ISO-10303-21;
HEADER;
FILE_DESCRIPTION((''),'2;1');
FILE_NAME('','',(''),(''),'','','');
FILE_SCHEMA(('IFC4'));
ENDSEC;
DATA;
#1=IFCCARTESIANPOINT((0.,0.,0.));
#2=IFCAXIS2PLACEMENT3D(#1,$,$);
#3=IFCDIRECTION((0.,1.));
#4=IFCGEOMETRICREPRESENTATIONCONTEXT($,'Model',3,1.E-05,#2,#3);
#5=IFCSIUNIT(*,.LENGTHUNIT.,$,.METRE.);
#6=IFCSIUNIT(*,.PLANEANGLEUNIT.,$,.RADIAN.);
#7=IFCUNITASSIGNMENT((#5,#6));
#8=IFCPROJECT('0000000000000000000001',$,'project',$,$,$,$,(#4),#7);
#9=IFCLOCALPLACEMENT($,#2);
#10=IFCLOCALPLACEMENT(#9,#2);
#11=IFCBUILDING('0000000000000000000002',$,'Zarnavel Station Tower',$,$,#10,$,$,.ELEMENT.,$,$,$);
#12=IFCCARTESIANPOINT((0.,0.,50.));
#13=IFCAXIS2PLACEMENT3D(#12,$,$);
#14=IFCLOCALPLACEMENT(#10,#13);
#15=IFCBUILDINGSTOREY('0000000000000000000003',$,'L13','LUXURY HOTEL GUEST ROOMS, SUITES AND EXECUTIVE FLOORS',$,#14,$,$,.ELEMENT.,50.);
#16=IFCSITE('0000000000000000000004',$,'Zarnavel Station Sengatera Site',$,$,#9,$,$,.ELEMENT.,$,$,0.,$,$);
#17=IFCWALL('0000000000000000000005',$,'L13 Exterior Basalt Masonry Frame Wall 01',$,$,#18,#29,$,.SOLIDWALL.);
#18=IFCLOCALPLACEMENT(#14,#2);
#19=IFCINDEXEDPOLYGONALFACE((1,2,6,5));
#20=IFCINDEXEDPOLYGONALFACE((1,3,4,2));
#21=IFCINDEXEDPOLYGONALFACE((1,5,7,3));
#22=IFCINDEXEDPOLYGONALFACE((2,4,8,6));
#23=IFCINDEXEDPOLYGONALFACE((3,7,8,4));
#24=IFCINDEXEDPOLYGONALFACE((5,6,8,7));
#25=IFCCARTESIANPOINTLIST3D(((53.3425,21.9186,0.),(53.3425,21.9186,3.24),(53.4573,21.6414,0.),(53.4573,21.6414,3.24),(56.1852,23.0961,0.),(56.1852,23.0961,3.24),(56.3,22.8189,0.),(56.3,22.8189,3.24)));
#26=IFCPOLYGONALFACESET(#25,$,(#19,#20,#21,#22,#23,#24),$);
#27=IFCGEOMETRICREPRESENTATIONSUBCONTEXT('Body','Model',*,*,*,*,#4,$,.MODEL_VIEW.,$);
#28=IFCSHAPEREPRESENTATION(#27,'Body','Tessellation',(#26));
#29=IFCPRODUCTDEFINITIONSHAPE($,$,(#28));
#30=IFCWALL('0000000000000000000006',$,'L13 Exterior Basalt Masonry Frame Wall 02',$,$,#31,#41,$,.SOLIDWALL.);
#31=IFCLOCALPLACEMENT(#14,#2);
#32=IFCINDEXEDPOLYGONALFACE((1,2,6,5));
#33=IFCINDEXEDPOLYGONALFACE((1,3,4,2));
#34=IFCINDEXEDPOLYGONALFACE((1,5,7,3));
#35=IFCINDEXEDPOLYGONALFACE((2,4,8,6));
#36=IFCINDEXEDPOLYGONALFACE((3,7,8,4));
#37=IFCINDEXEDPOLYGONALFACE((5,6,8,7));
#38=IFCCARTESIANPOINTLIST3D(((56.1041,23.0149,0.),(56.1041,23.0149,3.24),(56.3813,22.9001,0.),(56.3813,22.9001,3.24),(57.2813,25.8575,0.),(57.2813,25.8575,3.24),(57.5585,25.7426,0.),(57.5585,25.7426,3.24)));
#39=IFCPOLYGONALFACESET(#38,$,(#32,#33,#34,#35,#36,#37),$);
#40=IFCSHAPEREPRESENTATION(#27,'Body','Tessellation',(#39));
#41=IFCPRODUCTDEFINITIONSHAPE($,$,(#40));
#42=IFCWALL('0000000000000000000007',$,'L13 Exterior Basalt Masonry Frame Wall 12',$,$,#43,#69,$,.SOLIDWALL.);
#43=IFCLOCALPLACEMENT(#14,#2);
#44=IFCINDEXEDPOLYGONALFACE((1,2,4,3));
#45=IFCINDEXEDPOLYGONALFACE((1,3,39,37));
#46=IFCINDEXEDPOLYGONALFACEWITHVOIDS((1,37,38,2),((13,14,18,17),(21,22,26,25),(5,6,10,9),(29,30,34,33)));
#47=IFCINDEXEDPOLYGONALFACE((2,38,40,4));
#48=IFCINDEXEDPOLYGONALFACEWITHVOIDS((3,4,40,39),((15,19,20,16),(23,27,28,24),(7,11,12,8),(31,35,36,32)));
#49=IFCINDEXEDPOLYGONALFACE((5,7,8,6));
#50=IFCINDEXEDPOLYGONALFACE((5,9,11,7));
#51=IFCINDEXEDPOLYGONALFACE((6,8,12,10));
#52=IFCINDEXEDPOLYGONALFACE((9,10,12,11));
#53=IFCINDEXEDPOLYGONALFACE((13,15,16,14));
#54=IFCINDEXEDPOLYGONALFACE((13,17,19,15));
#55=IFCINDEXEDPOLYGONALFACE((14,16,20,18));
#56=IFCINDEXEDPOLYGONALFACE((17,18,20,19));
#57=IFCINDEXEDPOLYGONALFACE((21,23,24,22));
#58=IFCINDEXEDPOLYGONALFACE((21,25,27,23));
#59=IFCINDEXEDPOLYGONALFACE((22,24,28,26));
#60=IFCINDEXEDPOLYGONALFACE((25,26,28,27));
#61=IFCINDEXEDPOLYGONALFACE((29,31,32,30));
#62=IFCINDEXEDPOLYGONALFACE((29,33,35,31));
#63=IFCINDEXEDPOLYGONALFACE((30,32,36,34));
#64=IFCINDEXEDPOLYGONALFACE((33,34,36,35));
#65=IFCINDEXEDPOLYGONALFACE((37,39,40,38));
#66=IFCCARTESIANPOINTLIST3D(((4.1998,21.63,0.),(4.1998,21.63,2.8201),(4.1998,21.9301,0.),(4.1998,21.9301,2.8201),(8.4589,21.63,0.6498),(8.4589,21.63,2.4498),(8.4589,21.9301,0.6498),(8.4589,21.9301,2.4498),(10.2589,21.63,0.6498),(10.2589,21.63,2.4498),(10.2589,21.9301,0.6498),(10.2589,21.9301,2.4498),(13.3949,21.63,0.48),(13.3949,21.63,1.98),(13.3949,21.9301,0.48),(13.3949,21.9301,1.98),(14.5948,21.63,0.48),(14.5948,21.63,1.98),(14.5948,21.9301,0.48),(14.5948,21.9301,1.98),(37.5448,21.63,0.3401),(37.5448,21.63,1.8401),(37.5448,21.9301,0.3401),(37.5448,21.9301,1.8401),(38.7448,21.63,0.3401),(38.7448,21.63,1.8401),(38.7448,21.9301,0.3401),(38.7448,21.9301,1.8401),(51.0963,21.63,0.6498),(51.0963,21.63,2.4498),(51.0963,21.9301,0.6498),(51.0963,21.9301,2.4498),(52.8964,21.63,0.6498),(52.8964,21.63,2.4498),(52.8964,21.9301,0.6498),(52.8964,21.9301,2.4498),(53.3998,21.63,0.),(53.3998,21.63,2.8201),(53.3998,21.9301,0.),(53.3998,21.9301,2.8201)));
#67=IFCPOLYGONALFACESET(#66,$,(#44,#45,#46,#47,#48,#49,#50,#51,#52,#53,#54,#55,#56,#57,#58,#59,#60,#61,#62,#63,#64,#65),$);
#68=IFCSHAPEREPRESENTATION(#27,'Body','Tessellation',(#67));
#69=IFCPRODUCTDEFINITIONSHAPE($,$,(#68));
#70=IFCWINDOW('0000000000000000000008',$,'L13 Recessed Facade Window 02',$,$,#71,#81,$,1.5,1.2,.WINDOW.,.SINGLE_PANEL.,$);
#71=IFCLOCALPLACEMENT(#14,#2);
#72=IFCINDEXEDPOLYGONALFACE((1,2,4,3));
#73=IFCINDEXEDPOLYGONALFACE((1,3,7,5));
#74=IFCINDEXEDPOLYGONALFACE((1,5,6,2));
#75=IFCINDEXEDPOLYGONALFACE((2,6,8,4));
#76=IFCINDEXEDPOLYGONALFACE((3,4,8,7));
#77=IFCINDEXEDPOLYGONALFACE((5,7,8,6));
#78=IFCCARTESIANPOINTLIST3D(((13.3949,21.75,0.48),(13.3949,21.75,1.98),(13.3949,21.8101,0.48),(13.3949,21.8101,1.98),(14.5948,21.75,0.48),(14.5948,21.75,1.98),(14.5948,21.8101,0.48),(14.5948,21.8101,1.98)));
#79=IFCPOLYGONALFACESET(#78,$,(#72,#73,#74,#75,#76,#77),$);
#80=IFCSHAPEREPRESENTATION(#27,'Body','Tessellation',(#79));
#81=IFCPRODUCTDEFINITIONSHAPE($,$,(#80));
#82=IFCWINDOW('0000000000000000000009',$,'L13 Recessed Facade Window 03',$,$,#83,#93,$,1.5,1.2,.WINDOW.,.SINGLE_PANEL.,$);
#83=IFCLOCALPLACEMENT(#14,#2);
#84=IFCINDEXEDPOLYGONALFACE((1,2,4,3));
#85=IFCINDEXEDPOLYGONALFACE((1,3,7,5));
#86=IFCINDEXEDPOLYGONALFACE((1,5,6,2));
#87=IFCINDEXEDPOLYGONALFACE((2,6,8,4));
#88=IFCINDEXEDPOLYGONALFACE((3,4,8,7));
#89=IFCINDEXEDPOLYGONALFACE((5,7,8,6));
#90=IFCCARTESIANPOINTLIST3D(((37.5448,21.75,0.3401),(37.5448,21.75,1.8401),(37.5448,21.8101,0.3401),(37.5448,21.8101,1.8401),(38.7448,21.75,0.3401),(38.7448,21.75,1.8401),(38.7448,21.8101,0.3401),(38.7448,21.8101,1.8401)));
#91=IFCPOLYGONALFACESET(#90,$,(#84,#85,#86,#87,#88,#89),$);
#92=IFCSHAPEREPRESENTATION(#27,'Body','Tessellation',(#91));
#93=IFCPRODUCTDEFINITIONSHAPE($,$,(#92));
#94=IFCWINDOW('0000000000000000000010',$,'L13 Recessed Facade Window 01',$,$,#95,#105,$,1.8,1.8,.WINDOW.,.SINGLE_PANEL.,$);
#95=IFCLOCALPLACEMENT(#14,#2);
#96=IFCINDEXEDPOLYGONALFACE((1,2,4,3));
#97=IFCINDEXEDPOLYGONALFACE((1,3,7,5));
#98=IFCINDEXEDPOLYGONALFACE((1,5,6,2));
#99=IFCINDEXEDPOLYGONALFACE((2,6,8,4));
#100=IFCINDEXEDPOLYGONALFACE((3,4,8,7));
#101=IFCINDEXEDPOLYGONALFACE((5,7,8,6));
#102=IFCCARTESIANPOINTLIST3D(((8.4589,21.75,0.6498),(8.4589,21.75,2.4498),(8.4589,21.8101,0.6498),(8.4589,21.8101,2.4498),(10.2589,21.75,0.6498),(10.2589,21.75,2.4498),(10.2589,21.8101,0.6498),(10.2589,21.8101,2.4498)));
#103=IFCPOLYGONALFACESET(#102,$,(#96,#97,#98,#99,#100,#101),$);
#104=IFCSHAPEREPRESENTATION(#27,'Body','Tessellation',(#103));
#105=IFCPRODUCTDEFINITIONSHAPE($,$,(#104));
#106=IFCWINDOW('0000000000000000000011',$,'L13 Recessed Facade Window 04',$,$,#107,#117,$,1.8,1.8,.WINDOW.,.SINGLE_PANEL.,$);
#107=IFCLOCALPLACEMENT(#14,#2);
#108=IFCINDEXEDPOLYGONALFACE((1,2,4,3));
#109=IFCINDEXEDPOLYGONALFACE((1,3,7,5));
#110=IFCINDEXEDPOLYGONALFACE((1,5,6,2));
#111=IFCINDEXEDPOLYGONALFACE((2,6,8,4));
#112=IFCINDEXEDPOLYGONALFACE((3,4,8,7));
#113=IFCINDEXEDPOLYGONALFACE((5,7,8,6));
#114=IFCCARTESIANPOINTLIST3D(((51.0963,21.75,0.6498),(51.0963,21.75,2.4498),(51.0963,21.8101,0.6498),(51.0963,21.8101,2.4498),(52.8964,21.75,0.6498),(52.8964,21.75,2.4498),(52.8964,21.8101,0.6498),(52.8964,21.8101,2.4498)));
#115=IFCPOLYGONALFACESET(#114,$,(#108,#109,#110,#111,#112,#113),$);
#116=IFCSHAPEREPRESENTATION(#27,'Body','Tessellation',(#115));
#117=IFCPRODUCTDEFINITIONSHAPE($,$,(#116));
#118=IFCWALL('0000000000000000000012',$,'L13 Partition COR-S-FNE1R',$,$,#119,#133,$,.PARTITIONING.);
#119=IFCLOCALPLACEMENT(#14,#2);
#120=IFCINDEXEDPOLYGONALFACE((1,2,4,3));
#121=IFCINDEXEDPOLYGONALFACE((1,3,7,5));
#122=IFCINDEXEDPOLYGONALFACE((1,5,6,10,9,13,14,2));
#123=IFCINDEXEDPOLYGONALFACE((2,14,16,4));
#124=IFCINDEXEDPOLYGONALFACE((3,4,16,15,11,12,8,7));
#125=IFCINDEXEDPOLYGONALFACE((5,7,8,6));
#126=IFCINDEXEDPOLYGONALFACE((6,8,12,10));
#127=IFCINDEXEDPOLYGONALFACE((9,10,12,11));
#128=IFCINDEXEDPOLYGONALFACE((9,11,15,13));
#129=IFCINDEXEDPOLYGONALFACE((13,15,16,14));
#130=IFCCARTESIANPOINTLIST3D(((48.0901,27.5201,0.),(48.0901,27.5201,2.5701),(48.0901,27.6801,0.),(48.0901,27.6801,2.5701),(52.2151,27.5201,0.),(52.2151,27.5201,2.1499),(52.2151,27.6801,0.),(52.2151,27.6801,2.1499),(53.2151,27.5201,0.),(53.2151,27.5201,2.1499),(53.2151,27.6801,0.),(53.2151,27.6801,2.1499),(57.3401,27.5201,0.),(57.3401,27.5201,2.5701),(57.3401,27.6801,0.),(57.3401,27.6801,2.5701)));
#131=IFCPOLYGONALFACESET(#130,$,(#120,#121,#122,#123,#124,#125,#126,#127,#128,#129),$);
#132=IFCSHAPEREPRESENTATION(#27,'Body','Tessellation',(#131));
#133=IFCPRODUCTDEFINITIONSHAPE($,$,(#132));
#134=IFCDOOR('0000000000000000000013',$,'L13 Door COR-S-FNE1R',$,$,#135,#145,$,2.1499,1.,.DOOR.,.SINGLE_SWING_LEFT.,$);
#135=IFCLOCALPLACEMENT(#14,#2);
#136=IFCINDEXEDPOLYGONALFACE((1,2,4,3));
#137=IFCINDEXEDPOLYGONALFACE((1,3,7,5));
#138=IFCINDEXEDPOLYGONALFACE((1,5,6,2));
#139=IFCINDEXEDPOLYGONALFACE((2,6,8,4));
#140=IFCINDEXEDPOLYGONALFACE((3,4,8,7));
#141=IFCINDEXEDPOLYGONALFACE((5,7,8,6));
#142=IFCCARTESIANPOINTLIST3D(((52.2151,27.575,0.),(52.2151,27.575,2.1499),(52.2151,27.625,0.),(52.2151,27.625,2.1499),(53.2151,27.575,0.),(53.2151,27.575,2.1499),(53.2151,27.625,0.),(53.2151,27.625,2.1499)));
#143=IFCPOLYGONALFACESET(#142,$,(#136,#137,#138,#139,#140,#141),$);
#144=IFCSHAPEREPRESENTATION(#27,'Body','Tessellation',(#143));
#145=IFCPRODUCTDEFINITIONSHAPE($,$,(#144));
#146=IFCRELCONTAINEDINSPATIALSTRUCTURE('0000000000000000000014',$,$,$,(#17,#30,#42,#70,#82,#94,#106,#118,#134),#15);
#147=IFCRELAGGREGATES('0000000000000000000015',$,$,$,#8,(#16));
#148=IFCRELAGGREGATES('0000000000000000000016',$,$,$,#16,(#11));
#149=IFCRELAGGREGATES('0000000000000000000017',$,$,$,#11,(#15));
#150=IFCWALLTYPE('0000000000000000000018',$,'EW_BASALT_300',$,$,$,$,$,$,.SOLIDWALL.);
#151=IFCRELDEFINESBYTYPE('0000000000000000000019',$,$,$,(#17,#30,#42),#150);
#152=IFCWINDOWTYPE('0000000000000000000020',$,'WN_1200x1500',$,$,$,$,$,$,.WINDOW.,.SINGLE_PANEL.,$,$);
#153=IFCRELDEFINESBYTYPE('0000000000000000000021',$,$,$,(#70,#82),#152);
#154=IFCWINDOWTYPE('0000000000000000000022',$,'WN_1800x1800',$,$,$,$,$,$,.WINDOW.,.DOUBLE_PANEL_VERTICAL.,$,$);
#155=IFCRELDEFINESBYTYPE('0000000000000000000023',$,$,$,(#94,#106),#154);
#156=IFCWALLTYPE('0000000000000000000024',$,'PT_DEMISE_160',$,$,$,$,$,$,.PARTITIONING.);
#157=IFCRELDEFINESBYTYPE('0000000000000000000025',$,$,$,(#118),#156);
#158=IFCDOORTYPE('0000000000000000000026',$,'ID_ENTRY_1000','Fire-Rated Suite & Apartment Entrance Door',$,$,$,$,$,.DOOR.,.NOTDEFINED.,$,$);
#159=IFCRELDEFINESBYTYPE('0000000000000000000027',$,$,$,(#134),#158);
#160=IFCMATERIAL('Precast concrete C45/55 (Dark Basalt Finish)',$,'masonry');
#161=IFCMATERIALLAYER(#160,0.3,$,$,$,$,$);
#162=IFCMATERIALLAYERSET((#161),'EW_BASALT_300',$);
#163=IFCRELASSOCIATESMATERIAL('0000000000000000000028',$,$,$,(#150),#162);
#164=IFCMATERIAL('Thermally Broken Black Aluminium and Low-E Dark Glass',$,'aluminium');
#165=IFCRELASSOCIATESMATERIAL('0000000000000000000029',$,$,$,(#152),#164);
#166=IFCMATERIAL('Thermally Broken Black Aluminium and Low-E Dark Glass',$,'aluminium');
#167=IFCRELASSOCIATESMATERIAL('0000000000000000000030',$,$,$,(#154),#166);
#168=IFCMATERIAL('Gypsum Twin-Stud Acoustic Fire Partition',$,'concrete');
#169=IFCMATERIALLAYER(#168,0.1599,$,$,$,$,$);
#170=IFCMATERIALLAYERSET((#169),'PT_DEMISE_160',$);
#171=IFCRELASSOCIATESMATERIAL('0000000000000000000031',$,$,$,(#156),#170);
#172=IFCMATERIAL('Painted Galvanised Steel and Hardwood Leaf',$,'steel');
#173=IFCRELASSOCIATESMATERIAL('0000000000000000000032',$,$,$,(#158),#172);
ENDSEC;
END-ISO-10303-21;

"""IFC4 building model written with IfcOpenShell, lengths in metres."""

from ifc_helpers import new_model, si_unit, direction, frame, frame_2d, origin, place, context, subcontext, project, spatial, rectangle, extrude, material, layer, layer_set, type_object, element, fill, save


model = new_model("IFC4")

# Units and contexts
model_context = context("Model", 3, precision=1e-05, world=origin(), true_north=direction((0.0, 1.0)))
body_context = subcontext(model_context, "Body", "Model", "MODEL_VIEW")
ifc_project = project(units=[si_unit("LENGTHUNIT", "METRE"), si_unit("PLANEANGLEUNIT", "RADIAN")], contexts=[model_context])

# Site, building, storey
site_placement = place(None, origin())
site = spatial("IfcSite", under=ifc_project, at=site_placement, Name="Zarnavel Station Sengatera Site", CompositionType="ELEMENT", RefElevation=0.0)
building_placement = place(site_placement, origin())
building = spatial("IfcBuilding", under=site, at=building_placement, Name="Zarnavel Station Tower", CompositionType="ELEMENT")
storey_placement = place(building_placement, frame((0.0, 0.0, 50.0)))
storey = spatial("IfcBuildingStorey", under=building, at=storey_placement, Name="L13", Description="LUXURY HOTEL GUEST ROOMS, SUITES AND EXECUTIVE FLOORS", CompositionType="ELEMENT", Elevation=50.0)

# Walls
ifc_material_1 = material(Name="Precast concrete C45/55 (Dark Basalt Finish)", Category="masonry")
ifc_layer_1 = layer(ifc_material_1, 0.3)
ifc_layer_set_1 = layer_set([ifc_layer_1], Name="EW_BASALT_300")
wall_type_1 = type_object("IfcWallType", Name="EW_BASALT_300", PredefinedType="SOLIDWALL", material=ifc_layer_set_1)
wall_1_placement = place(storey_placement, frame((56.2427, 22.9575, 0.0), z_axis=(0.0, 0.0, 1.0), x_axis=(-0.923882, -0.382676, 0.0)))
element("IfcWall", 1, at=wall_1_placement, inside=storey, type_object=wall_type_1, Name="L13 Exterior Basalt Masonry Frame Wall 01", PredefinedType="SOLIDWALL", context=body_context, shape_type="SweptSolid", body=[
    extrude(rectangle(XDim=3.0769, YDim=0.3, at=frame_2d((1.5386, 0.0))), origin(), (0.0, 0.0, 1.0), 3.24),
])
wall_2_placement = place(storey_placement, frame((57.4199, 25.8, 0.0), z_axis=(0.0, 0.0, 1.0), x_axis=(-0.382637, -0.923899, 0.0)))
element("IfcWall", 2, at=wall_2_placement, inside=storey, type_object=wall_type_1, Name="L13 Exterior Basalt Masonry Frame Wall 02", PredefinedType="SOLIDWALL", context=body_context, shape_type="SweptSolid", body=[
    extrude(rectangle(XDim=3.0767, YDim=0.3, at=frame_2d((1.5383, 0.0))), origin(), (0.0, 0.0, 1.0), 3.24),
])

# Wall, openings, windows
wall_3_placement = place(storey_placement, frame((53.3999, 21.78, 0.0), z_axis=(0.0, 0.0, 1.0), x_axis=(-1.0, 0.0, 0.0)))
wall_3 = element("IfcWall", 3, at=wall_3_placement, inside=storey, type_object=wall_type_1, Name="L13 Exterior Basalt Masonry Frame Wall 12", PredefinedType="SOLIDWALL", context=body_context, shape_type="SweptSolid", body=[
    extrude(rectangle(XDim=49.2, YDim=0.3, at=frame_2d((24.6001, 0.0))), origin(), (0.0, 0.0, 1.0), 2.8201),
])
opening_1_placement = place(wall_3_placement, frame((43.1411, 0.0, 0.6499)))
opening_1 = element("IfcOpeningElement", 4, at=opening_1_placement, cuts=wall_3, PredefinedType="OPENING", context=body_context, shape_type="SweptSolid", body=[
    extrude(rectangle(XDim=1.8, YDim=1.8, at=frame_2d((0.8999, 0.8999))), frame((0.0, 0.1599, 0.0), z_axis=(0.0, -1.0, 0.0), x_axis=(1.0, 0.0, 0.0)), (0.0, 0.0, 1.0), 0.3201),
])
opening_2_placement = place(wall_3_placement, frame((38.8049, 0.0, 0.48)))
opening_2 = element("IfcOpeningElement", 5, at=opening_2_placement, cuts=wall_3, PredefinedType="OPENING", context=body_context, shape_type="SweptSolid", body=[
    extrude(rectangle(XDim=1.2, YDim=1.5, at=frame_2d((0.6001, 0.75))), frame((0.0, 0.1599, 0.0), z_axis=(0.0, -1.0, 0.0), x_axis=(1.0, 0.0, 0.0)), (0.0, 0.0, 1.0), 0.3201),
])
opening_3_placement = place(wall_3_placement, frame((14.655, 0.0, 0.3401)))
opening_3 = element("IfcOpeningElement", 6, at=opening_3_placement, cuts=wall_3, PredefinedType="OPENING", context=body_context, shape_type="SweptSolid", body=[
    extrude(rectangle(XDim=1.2, YDim=1.5, at=frame_2d((0.6001, 0.75))), frame((0.0, 0.1599, 0.0), z_axis=(0.0, -1.0, 0.0), x_axis=(1.0, 0.0, 0.0)), (0.0, 0.0, 1.0), 0.3201),
])
opening_4_placement = place(wall_3_placement, frame((0.5037, 0.0, 0.6499)))
opening_4 = element("IfcOpeningElement", 7, at=opening_4_placement, cuts=wall_3, PredefinedType="OPENING", context=body_context, shape_type="SweptSolid", body=[
    extrude(rectangle(XDim=1.8, YDim=1.8, at=frame_2d((0.8999, 0.8999))), frame((0.0, 0.1599, 0.0), z_axis=(0.0, -1.0, 0.0), x_axis=(1.0, 0.0, 0.0)), (0.0, 0.0, 1.0), 0.3201),
])
ifc_material_2 = material(Name="Thermally Broken Black Aluminium and Low-E Dark Glass", Category="aluminium")
window_type_1 = type_object("IfcWindowType", Name="WN_1200x1500", PartitioningType="SINGLE_PANEL", PredefinedType="WINDOW", material=ifc_material_2)
window_1_placement = place(opening_2_placement, origin())
window_1 = element("IfcWindow", 8, at=window_1_placement, inside=storey, type_object=window_type_1, Name="L13 Recessed Facade Window 02", OverallHeight=1.5, OverallWidth=1.2, PartitioningType="SINGLE_PANEL", PredefinedType="WINDOW", context=body_context, shape_type="SweptSolid", body=[
    extrude(rectangle(XDim=1.2, YDim=1.5, at=frame_2d((0.6001, 0.75))), frame((0.0, 0.03, 0.0), z_axis=(0.0, -1.0, 0.0), x_axis=(1.0, 0.0, 0.0)), (0.0, 0.0, 1.0), 0.0601),
])
fill(opening_2, window_1)
window_2_placement = place(opening_3_placement, origin())
window_2 = element("IfcWindow", 9, at=window_2_placement, inside=storey, type_object=window_type_1, Name="L13 Recessed Facade Window 03", OverallHeight=1.5, OverallWidth=1.2, PartitioningType="SINGLE_PANEL", PredefinedType="WINDOW", context=body_context, shape_type="SweptSolid", body=[
    extrude(rectangle(XDim=1.2, YDim=1.5, at=frame_2d((0.6001, 0.75))), frame((0.0, 0.03, 0.0), z_axis=(0.0, -1.0, 0.0), x_axis=(1.0, 0.0, 0.0)), (0.0, 0.0, 1.0), 0.0601),
])
fill(opening_3, window_2)
ifc_material_3 = material(Name="Thermally Broken Black Aluminium and Low-E Dark Glass", Category="aluminium")
window_type_2 = type_object("IfcWindowType", Name="WN_1800x1800", PartitioningType="DOUBLE_PANEL_VERTICAL", PredefinedType="WINDOW", material=ifc_material_3)
window_3_placement = place(opening_1_placement, origin())
window_3 = element("IfcWindow", 10, at=window_3_placement, inside=storey, type_object=window_type_2, Name="L13 Recessed Facade Window 01", OverallHeight=1.8, OverallWidth=1.8, PartitioningType="SINGLE_PANEL", PredefinedType="WINDOW", context=body_context, shape_type="SweptSolid", body=[
    extrude(rectangle(XDim=1.8, YDim=1.8, at=frame_2d((0.8999, 0.8999))), frame((0.0, 0.03, 0.0), z_axis=(0.0, -1.0, 0.0), x_axis=(1.0, 0.0, 0.0)), (0.0, 0.0, 1.0), 0.0601),
])
fill(opening_1, window_3)
window_4_placement = place(opening_4_placement, origin())
window_4 = element("IfcWindow", 11, at=window_4_placement, inside=storey, type_object=window_type_2, Name="L13 Recessed Facade Window 04", OverallHeight=1.8, OverallWidth=1.8, PartitioningType="SINGLE_PANEL", PredefinedType="WINDOW", context=body_context, shape_type="SweptSolid", body=[
    extrude(rectangle(XDim=1.8, YDim=1.8, at=frame_2d((0.8999, 0.8999))), frame((0.0, 0.03, 0.0), z_axis=(0.0, -1.0, 0.0), x_axis=(1.0, 0.0, 0.0)), (0.0, 0.0, 1.0), 0.0601),
])
fill(opening_4, window_4)

# Wall, opening, door
ifc_material_4 = material(Name="Gypsum Twin-Stud Acoustic Fire Partition", Category="concrete")
ifc_layer_2 = layer(ifc_material_4, 0.1599)
ifc_layer_set_2 = layer_set([ifc_layer_2], Name="PT_DEMISE_160")
wall_type_2 = type_object("IfcWallType", Name="PT_DEMISE_160", PredefinedType="PARTITIONING", material=ifc_layer_set_2)
wall_4_placement = place(storey_placement, frame((48.0901, 27.6001, 0.0), z_axis=(0.0, 0.0, 1.0), x_axis=(1.0, 0.0, 0.0)))
wall_4 = element("IfcWall", 12, at=wall_4_placement, inside=storey, type_object=wall_type_2, Name="L13 Partition COR-S-FNE1R", PredefinedType="PARTITIONING", context=body_context, shape_type="SweptSolid", body=[
    extrude(rectangle(XDim=9.25, YDim=0.1599, at=frame_2d((4.625, 0.0))), origin(), (0.0, 0.0, 1.0), 2.5701),
])
opening_5_placement = place(wall_4_placement, frame((4.125, 0.0, 0.0)))
opening_5 = element("IfcOpeningElement", 13, at=opening_5_placement, cuts=wall_4, PredefinedType="OPENING", context=body_context, shape_type="SweptSolid", body=[
    extrude(rectangle(XDim=1.0, YDim=2.1499, at=frame_2d((0.5, 1.075))), frame((0.0, 0.0898, 0.0), z_axis=(0.0, -1.0, 0.0), x_axis=(1.0, 0.0, 0.0)), (0.0, 0.0, 1.0), 0.1799),
])
ifc_material_5 = material(Name="Painted Galvanised Steel and Hardwood Leaf", Category="steel")
door_type_1 = type_object("IfcDoorType", Name="ID_ENTRY_1000", Description="Fire-Rated Suite & Apartment Entrance Door", OperationType="NOTDEFINED", PredefinedType="DOOR", material=ifc_material_5)
door_1_placement = place(opening_5_placement, origin())
door_1 = element("IfcDoor", 14, at=door_1_placement, inside=storey, type_object=door_type_1, Name="L13 Door COR-S-FNE1R", OperationType="SINGLE_SWING_LEFT", OverallHeight=2.1499, OverallWidth=1.0, PredefinedType="DOOR", context=body_context, shape_type="SweptSolid", body=[
    extrude(rectangle(XDim=1.0, YDim=2.1499, at=frame_2d((0.5, 1.075))), frame((0.0, 0.0249, 0.0), z_axis=(0.0, -1.0, 0.0), x_axis=(1.0, 0.0, 0.0)), (0.0, 0.0, 1.0), 0.05),
])
fill(opening_5, door_1)

save(model, "model.ifc")
